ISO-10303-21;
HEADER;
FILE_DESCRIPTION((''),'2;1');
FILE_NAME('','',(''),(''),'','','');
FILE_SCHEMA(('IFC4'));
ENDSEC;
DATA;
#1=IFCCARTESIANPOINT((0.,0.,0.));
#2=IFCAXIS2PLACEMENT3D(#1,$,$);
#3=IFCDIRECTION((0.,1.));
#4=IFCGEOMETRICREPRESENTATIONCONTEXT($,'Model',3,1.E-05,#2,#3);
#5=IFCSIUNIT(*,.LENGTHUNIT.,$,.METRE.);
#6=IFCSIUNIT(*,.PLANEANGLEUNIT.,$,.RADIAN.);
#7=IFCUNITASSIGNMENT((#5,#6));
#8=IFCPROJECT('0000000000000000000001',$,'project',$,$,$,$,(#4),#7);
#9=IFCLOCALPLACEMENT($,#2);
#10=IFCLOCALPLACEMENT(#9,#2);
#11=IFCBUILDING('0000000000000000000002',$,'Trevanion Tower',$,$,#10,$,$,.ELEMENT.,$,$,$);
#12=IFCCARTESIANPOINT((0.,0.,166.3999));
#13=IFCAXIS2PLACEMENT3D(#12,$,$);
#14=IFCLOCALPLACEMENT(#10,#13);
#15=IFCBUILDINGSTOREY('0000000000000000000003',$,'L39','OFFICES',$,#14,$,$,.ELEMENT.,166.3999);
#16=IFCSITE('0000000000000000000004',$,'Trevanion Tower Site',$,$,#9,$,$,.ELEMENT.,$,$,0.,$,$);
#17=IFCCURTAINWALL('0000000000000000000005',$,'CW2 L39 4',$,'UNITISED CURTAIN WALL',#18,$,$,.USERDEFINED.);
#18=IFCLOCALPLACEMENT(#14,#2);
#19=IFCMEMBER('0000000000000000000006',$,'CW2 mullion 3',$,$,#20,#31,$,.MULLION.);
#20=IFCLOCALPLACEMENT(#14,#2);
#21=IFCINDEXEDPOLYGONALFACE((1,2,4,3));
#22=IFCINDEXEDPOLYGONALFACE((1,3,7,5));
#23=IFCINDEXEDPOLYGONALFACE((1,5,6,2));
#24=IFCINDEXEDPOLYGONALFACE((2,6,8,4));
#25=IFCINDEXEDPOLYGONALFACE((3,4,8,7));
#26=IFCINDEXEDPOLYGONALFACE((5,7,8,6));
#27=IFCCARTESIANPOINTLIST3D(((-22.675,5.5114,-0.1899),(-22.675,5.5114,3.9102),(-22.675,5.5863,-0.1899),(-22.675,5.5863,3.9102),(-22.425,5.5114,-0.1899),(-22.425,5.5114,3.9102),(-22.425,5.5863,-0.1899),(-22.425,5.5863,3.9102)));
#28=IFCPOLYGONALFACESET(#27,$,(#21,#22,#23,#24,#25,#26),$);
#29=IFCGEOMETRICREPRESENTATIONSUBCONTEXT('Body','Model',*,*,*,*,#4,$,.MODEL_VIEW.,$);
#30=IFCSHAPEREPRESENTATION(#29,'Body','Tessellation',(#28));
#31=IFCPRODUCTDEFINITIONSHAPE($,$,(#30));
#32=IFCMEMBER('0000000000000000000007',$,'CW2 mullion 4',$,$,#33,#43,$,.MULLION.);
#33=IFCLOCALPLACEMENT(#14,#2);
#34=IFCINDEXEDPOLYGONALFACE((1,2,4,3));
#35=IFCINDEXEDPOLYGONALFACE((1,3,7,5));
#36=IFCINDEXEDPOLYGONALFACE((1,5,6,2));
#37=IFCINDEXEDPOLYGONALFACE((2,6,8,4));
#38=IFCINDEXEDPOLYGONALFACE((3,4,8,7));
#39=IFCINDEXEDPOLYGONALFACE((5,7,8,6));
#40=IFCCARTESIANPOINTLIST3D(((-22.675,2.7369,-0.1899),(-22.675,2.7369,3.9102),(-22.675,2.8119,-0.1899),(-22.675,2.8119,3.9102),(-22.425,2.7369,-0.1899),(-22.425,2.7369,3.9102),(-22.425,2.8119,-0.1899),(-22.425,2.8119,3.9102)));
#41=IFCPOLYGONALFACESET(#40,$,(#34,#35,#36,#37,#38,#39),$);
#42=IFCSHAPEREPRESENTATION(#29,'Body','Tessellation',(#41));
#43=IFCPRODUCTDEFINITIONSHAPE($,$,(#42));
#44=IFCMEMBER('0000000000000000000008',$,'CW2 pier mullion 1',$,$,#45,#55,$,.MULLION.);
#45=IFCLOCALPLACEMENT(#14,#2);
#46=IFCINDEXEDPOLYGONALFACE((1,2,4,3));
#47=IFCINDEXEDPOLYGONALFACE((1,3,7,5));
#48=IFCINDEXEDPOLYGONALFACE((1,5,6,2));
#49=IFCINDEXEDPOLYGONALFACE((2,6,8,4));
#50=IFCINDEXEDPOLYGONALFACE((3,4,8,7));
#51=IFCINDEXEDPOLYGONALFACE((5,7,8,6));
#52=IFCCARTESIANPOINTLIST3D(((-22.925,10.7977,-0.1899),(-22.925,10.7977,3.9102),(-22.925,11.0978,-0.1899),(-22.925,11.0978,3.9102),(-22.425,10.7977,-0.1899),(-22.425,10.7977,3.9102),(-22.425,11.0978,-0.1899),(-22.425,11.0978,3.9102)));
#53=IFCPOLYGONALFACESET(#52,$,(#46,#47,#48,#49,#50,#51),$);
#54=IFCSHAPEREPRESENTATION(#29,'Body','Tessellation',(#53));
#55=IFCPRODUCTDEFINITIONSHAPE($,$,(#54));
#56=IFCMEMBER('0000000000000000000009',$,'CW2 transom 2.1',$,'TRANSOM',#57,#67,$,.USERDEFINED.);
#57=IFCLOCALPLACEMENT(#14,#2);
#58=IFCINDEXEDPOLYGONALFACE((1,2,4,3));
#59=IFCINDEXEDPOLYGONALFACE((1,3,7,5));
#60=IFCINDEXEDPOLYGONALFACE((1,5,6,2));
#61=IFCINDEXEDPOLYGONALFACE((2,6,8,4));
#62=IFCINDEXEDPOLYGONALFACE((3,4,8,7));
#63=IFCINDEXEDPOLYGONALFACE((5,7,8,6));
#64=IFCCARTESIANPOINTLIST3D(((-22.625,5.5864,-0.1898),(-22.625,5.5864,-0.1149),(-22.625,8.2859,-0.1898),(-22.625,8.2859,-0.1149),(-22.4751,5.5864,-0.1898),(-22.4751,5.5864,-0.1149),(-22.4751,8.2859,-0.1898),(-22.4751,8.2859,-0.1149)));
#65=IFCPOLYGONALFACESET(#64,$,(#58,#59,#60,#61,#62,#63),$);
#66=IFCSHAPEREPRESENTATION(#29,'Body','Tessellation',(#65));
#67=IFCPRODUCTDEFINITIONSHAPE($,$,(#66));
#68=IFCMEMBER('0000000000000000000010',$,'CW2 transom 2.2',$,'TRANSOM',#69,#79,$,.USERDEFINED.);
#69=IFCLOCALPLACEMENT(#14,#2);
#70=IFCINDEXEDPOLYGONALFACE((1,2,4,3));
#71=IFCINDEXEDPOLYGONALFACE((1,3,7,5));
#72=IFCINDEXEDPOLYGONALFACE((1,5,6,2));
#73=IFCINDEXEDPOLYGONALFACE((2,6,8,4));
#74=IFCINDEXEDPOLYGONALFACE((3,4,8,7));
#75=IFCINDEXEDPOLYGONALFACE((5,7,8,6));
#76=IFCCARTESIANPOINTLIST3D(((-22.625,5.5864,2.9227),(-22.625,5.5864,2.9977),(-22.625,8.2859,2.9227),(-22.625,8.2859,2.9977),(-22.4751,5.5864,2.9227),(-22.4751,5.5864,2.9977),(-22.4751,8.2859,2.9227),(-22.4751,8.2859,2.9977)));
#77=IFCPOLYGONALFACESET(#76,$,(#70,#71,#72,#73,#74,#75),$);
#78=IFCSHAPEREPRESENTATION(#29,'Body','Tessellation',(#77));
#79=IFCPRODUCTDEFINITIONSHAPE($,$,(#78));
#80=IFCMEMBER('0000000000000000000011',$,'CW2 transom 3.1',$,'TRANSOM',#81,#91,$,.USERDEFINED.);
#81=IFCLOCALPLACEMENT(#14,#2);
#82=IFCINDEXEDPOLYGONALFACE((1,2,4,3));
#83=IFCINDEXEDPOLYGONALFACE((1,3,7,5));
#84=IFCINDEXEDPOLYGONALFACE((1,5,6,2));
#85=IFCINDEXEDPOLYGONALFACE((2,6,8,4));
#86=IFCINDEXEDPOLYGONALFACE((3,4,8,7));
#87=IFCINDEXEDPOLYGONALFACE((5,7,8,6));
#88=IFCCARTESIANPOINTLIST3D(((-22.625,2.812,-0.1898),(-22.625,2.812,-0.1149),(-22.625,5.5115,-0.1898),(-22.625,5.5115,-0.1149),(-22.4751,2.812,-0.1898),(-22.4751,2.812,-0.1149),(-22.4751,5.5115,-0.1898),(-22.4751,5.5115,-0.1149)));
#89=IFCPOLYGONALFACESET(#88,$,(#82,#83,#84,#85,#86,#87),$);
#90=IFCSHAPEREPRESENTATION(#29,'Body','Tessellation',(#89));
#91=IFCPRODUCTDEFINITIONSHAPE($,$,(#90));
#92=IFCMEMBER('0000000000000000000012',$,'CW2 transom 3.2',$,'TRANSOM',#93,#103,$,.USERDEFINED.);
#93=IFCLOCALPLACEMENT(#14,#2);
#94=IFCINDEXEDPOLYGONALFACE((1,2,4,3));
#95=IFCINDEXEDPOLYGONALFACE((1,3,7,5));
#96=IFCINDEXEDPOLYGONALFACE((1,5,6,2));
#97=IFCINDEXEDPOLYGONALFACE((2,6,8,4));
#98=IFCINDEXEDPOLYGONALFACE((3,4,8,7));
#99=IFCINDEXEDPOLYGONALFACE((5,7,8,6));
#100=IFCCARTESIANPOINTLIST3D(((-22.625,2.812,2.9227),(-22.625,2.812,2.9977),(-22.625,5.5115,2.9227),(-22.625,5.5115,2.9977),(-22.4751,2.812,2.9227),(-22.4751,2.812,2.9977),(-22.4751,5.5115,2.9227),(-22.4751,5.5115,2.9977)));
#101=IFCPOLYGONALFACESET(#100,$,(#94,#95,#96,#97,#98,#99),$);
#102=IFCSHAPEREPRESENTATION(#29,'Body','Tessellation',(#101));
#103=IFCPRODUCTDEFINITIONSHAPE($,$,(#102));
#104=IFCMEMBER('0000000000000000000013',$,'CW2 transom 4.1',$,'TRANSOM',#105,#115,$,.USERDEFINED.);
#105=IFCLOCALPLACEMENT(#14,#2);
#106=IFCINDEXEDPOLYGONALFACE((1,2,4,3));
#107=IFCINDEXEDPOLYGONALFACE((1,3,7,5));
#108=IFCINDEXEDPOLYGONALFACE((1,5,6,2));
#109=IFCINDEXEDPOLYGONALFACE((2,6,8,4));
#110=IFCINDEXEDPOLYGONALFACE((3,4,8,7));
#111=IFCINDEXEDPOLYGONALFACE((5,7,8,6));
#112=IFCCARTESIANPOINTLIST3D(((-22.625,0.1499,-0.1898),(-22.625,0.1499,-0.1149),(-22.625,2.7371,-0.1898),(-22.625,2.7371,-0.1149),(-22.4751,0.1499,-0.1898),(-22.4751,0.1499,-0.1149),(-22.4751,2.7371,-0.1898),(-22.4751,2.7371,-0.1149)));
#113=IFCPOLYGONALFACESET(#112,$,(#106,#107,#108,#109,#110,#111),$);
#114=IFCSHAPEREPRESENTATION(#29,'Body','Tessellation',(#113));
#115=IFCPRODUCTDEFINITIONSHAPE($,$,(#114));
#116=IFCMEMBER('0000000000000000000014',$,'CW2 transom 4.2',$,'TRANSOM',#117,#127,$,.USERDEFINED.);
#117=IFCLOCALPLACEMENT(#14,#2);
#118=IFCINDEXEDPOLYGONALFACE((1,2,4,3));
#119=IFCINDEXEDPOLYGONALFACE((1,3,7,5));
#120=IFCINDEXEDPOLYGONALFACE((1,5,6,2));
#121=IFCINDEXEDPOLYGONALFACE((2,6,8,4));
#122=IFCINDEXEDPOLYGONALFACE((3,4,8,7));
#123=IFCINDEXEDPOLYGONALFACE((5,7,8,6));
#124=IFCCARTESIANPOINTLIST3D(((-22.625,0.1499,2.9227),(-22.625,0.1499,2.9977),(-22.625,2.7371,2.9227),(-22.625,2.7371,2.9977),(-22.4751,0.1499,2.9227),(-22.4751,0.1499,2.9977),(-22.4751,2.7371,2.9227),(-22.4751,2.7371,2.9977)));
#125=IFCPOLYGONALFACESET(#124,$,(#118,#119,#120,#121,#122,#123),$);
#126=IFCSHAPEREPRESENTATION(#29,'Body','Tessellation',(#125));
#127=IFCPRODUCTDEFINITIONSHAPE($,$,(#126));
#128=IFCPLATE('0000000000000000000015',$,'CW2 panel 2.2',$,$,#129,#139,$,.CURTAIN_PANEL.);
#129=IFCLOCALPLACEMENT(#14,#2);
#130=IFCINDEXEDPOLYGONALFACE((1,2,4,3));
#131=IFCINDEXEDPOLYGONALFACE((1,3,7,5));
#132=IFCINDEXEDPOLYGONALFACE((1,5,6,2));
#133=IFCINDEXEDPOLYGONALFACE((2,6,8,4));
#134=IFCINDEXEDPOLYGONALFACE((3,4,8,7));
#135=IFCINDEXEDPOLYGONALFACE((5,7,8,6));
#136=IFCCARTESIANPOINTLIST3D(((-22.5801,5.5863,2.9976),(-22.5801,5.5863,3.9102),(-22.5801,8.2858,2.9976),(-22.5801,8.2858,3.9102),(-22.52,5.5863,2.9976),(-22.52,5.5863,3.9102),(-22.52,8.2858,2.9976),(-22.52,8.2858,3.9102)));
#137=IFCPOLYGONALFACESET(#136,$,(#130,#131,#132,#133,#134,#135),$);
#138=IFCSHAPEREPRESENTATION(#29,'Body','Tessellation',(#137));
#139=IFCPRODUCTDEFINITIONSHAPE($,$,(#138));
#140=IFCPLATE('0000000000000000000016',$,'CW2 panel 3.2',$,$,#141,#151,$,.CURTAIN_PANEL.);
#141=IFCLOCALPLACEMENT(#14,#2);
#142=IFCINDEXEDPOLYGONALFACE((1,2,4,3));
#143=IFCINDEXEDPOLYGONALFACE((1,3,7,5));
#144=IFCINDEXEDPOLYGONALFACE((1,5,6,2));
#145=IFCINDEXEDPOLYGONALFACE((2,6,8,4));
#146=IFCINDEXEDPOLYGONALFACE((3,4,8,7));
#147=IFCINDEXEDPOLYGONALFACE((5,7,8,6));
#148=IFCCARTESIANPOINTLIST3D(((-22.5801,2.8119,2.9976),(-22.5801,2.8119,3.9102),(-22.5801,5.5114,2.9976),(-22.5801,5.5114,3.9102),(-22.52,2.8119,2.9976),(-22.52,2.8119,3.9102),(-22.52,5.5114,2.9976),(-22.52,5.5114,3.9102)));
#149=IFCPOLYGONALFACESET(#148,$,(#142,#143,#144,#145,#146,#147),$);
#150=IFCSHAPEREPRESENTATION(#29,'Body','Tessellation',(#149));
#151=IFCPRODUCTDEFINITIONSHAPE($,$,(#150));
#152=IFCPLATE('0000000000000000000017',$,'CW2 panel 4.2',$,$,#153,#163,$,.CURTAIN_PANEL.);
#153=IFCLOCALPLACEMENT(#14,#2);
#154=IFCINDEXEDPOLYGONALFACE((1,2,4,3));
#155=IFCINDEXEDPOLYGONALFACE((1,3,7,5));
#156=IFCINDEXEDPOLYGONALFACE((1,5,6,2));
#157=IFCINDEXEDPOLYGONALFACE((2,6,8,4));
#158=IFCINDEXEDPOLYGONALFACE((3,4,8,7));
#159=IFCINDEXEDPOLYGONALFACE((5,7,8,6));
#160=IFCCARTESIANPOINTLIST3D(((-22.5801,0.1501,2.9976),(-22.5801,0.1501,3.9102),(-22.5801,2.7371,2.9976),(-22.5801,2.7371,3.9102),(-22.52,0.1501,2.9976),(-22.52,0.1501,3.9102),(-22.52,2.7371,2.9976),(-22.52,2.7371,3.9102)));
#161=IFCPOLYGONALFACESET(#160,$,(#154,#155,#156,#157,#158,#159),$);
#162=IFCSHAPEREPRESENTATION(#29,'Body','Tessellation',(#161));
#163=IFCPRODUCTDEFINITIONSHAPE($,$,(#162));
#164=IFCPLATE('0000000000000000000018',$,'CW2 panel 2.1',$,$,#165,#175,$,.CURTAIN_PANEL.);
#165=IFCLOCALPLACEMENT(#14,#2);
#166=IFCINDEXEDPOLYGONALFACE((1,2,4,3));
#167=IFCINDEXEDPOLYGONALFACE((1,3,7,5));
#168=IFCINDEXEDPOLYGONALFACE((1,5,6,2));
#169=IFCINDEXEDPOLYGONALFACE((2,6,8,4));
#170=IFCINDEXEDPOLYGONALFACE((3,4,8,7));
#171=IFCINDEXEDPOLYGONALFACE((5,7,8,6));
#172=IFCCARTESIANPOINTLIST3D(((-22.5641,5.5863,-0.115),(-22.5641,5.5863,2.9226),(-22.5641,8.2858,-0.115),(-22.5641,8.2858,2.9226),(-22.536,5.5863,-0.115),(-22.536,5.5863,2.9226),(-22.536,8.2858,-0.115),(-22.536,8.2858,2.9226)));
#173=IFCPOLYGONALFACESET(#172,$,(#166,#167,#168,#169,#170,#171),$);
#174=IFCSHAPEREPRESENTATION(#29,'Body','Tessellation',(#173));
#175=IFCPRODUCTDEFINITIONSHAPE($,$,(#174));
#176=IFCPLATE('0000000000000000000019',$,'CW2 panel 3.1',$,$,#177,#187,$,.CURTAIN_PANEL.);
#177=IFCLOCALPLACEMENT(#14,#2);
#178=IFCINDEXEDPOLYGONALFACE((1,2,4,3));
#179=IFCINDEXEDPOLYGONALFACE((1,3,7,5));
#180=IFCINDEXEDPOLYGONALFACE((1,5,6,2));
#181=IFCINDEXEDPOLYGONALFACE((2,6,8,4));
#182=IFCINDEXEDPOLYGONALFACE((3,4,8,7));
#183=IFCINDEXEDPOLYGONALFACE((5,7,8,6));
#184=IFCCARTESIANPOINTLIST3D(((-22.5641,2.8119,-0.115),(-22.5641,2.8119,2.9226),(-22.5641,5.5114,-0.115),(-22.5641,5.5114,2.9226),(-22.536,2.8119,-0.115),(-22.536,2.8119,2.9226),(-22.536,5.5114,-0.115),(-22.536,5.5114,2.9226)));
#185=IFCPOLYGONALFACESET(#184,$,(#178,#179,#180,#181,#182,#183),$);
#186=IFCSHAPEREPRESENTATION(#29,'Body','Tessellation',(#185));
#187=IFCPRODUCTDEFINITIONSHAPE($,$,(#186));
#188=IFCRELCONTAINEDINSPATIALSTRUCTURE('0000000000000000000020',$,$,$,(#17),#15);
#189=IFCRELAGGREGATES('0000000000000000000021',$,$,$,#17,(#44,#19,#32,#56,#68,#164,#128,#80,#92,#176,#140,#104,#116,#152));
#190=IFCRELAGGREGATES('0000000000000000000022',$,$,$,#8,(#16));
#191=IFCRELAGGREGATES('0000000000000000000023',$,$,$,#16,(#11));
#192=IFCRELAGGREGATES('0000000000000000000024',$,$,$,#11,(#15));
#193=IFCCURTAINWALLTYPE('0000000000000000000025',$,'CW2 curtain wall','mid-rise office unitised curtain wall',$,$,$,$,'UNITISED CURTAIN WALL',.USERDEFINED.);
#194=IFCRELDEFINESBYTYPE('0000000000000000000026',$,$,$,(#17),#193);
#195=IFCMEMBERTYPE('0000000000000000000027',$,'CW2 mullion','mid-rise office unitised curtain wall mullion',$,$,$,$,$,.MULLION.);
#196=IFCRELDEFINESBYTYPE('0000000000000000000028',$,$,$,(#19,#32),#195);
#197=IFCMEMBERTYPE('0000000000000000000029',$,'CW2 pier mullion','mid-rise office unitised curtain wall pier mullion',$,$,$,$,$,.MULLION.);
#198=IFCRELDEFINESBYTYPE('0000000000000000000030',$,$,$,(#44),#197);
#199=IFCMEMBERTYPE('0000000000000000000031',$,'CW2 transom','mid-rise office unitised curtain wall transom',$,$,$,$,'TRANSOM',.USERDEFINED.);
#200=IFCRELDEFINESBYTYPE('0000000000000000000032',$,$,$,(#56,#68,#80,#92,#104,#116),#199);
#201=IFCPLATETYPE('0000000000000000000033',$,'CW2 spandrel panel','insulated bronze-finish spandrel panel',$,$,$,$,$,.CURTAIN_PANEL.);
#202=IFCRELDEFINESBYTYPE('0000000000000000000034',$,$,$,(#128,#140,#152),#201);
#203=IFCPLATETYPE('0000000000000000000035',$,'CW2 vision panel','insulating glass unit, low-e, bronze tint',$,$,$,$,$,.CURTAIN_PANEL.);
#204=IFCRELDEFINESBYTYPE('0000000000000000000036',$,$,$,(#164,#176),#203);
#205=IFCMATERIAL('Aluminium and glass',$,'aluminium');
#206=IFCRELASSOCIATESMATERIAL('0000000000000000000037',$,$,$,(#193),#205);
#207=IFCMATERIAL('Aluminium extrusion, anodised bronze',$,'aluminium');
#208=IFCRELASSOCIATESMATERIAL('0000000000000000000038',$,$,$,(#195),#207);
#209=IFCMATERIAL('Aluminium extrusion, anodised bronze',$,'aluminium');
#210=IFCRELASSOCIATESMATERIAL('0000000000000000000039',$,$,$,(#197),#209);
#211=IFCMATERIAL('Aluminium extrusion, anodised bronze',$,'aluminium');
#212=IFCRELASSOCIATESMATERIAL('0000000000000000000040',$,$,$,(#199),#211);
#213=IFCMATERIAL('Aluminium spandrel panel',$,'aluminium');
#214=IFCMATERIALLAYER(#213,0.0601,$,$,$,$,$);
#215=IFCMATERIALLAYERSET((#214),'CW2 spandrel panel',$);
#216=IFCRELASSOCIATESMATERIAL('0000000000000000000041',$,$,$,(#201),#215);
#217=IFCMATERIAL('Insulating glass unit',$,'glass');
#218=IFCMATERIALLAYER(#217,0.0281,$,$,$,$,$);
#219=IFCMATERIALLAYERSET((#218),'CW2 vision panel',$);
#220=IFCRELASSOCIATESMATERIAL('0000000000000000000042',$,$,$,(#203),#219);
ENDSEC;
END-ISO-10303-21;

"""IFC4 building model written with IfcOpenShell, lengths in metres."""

from ifc_helpers import new_model, si_unit, direction, frame, origin, origin_2d, place, context, subcontext, project, spatial, rectangle, extrude, material, layer, layer_set, material_profile, profile_set, type_object, element, aggregate, save


model = new_model("IFC4")

# Units and contexts
model_context = context("Model", 3, precision=1e-05, world=origin(), true_north=direction((0.0, 1.0)))
body_context = subcontext(model_context, "Body", "Model", "MODEL_VIEW")
ifc_project = project(units=[si_unit("LENGTHUNIT", "METRE"), si_unit("PLANEANGLEUNIT", "RADIAN")], contexts=[model_context])

# Site, building, storey
site_placement = place(None, origin())
site = spatial("IfcSite", under=ifc_project, at=site_placement, Name="Trevanion Tower Site", CompositionType="ELEMENT", RefElevation=0.0)
building_placement = place(site_placement, origin())
building = spatial("IfcBuilding", under=site, at=building_placement, Name="Trevanion Tower", CompositionType="ELEMENT")
storey_placement = place(building_placement, frame((0.0, 0.0, 166.3999)))
storey = spatial("IfcBuildingStorey", under=building, at=storey_placement, Name="L39", Description="OFFICES", CompositionType="ELEMENT", Elevation=166.3999)

# Curtain wall, members, plates
ifc_material_1 = material(Name="Aluminium and glass", Category="aluminium")
curtain_wall_type = type_object("IfcCurtainWallType", Name="CW2 curtain wall", Description="mid-rise office unitised curtain wall", ElementType="UNITISED CURTAIN WALL", PredefinedType="USERDEFINED", material=ifc_material_1)
curtain_wall_placement = place(storey_placement, origin())
curtain_wall = element("IfcCurtainWall", 1, at=curtain_wall_placement, inside=storey, type_object=curtain_wall_type, Name="CW2 L39 4", ObjectType="UNITISED CURTAIN WALL", PredefinedType="USERDEFINED")
ifc_material_2 = material(Name="Aluminium extrusion, anodised bronze", Category="aluminium")
ifc_material_profile_1 = material_profile(ifc_material_2, rectangle(XDim=0.075, YDim=0.25, at=origin_2d()), Name="CW2 mullion")
ifc_profile_set_1 = profile_set([ifc_material_profile_1], Name="Aluminium extrusion, anodised bronze")
member_type_1 = type_object("IfcMemberType", Name="CW2 mullion", Description="mid-rise office unitised curtain wall mullion", PredefinedType="MULLION", material=ifc_profile_set_1)
member_1_placement = place(storey_placement, frame((-22.55, 5.5488, -0.1899), z_axis=(0.0, 0.0, 1.0), x_axis=(0.0, -1.0, 0.0)))
member_1 = element("IfcMember", 2, at=member_1_placement, type_object=member_type_1, Name="CW2 mullion 3", PredefinedType="MULLION", context=body_context, shape_type="SweptSolid", body=[
    extrude(rectangle(XDim=0.075, YDim=0.25, at=origin_2d()), origin(), (0.0, 0.0, 1.0), 4.1001),
])
member_2_placement = place(storey_placement, frame((-22.55, 2.7744, -0.1899), z_axis=(0.0, 0.0, 1.0), x_axis=(0.0, -1.0, 0.0)))
member_2 = element("IfcMember", 3, at=member_2_placement, type_object=member_type_1, Name="CW2 mullion 4", PredefinedType="MULLION", context=body_context, shape_type="SweptSolid", body=[
    extrude(rectangle(XDim=0.075, YDim=0.25, at=origin_2d()), origin(), (0.0, 0.0, 1.0), 4.1001),
])
ifc_material_3 = material(Name="Aluminium extrusion, anodised bronze", Category="aluminium")
ifc_material_profile_2 = material_profile(ifc_material_3, rectangle(XDim=0.3, YDim=0.5, at=origin_2d()), Name="CW2 pier mullion")
ifc_profile_set_2 = profile_set([ifc_material_profile_2], Name="Aluminium extrusion, anodised bronze")
member_type_2 = type_object("IfcMemberType", Name="CW2 pier mullion", Description="mid-rise office unitised curtain wall pier mullion", PredefinedType="MULLION", material=ifc_profile_set_2)
member_3_placement = place(storey_placement, frame((-22.675, 10.9478, -0.1899), z_axis=(0.0, 0.0, 1.0), x_axis=(0.0, -1.0, 0.0)))
member_3 = element("IfcMember", 4, at=member_3_placement, type_object=member_type_2, Name="CW2 pier mullion 1", PredefinedType="MULLION", context=body_context, shape_type="SweptSolid", body=[
    extrude(rectangle(XDim=0.3, YDim=0.5, at=origin_2d()), origin(), (0.0, 0.0, 1.0), 4.1001),
])
ifc_material_4 = material(Name="Aluminium extrusion, anodised bronze", Category="aluminium")
ifc_material_profile_3 = material_profile(ifc_material_4, rectangle(XDim=0.1499, YDim=0.075, at=origin_2d()), Name="CW2 transom")
ifc_profile_set_3 = profile_set([ifc_material_profile_3], Name="Aluminium extrusion, anodised bronze")
member_type_3 = type_object("IfcMemberType", Name="CW2 transom", Description="mid-rise office unitised curtain wall transom", ElementType="TRANSOM", PredefinedType="USERDEFINED", material=ifc_profile_set_3)
member_4_placement = place(storey_placement, frame((-22.55, 8.2859, -0.1523), z_axis=(0.0, -1.0, 0.0), x_axis=(1.0, 0.0, 0.0)))
member_4 = element("IfcMember", 5, at=member_4_placement, type_object=member_type_3, Name="CW2 transom 2.1", ObjectType="TRANSOM", PredefinedType="USERDEFINED", context=body_context, shape_type="SweptSolid", body=[
    extrude(rectangle(XDim=0.1499, YDim=0.075, at=origin_2d()), origin(), (0.0, 0.0, 1.0), 2.6995),
])
member_5_placement = place(storey_placement, frame((-22.55, 8.2859, 2.9602), z_axis=(0.0, -1.0, 0.0), x_axis=(1.0, 0.0, 0.0)))
member_5 = element("IfcMember", 6, at=member_5_placement, type_object=member_type_3, Name="CW2 transom 2.2", ObjectType="TRANSOM", PredefinedType="USERDEFINED", context=body_context, shape_type="SweptSolid", body=[
    extrude(rectangle(XDim=0.1499, YDim=0.075, at=origin_2d()), origin(), (0.0, 0.0, 1.0), 2.6995),
])
member_6_placement = place(storey_placement, frame((-22.55, 5.5115, -0.1523), z_axis=(0.0, -1.0, 0.0), x_axis=(1.0, 0.0, 0.0)))
member_6 = element("IfcMember", 7, at=member_6_placement, type_object=member_type_3, Name="CW2 transom 3.1", ObjectType="TRANSOM", PredefinedType="USERDEFINED", context=body_context, shape_type="SweptSolid", body=[
    extrude(rectangle(XDim=0.1499, YDim=0.075, at=origin_2d()), origin(), (0.0, 0.0, 1.0), 2.6995),
])
member_7_placement = place(storey_placement, frame((-22.55, 5.5115, 2.9602), z_axis=(0.0, -1.0, 0.0), x_axis=(1.0, 0.0, 0.0)))
member_7 = element("IfcMember", 8, at=member_7_placement, type_object=member_type_3, Name="CW2 transom 3.2", ObjectType="TRANSOM", PredefinedType="USERDEFINED", context=body_context, shape_type="SweptSolid", body=[
    extrude(rectangle(XDim=0.1499, YDim=0.075, at=origin_2d()), origin(), (0.0, 0.0, 1.0), 2.6995),
])
member_8_placement = place(storey_placement, frame((-22.55, 2.7371, -0.1523), z_axis=(0.0, -1.0, 0.0), x_axis=(1.0, 0.0, 0.0)))
member_8 = element("IfcMember", 9, at=member_8_placement, type_object=member_type_3, Name="CW2 transom 4.1", ObjectType="TRANSOM", PredefinedType="USERDEFINED", context=body_context, shape_type="SweptSolid", body=[
    extrude(rectangle(XDim=0.1499, YDim=0.075, at=origin_2d()), origin(), (0.0, 0.0, 1.0), 2.5872),
])
member_9_placement = place(storey_placement, frame((-22.55, 2.7371, 2.9602), z_axis=(0.0, -1.0, 0.0), x_axis=(1.0, 0.0, 0.0)))
member_9 = element("IfcMember", 10, at=member_9_placement, type_object=member_type_3, Name="CW2 transom 4.2", ObjectType="TRANSOM", PredefinedType="USERDEFINED", context=body_context, shape_type="SweptSolid", body=[
    extrude(rectangle(XDim=0.1499, YDim=0.075, at=origin_2d()), origin(), (0.0, 0.0, 1.0), 2.5872),
])
ifc_material_5 = material(Name="Aluminium spandrel panel", Category="aluminium")
ifc_layer_1 = layer(ifc_material_5, 0.0601)
ifc_layer_set_1 = layer_set([ifc_layer_1], Name="CW2 spandrel panel")
plate_type_1 = type_object("IfcPlateType", Name="CW2 spandrel panel", Description="insulated bronze-finish spandrel panel", PredefinedType="CURTAIN_PANEL", material=ifc_layer_set_1)
plate_1_placement = place(storey_placement, frame((-22.55, 6.936, 2.9976), z_axis=(0.0, 0.0, 1.0), x_axis=(0.0, -1.0, 0.0)))
plate_1 = element("IfcPlate", 11, at=plate_1_placement, type_object=plate_type_1, Name="CW2 panel 2.2", PredefinedType="CURTAIN_PANEL", context=body_context, shape_type="SweptSolid", body=[
    extrude(rectangle(XDim=2.6995, YDim=0.0601, at=origin_2d()), origin(), (0.0, 0.0, 1.0), 0.9126),
])
plate_2_placement = place(storey_placement, frame((-22.55, 4.1616, 2.9976), z_axis=(0.0, 0.0, 1.0), x_axis=(0.0, -1.0, 0.0)))
plate_2 = element("IfcPlate", 12, at=plate_2_placement, type_object=plate_type_1, Name="CW2 panel 3.2", PredefinedType="CURTAIN_PANEL", context=body_context, shape_type="SweptSolid", body=[
    extrude(rectangle(XDim=2.6995, YDim=0.0601, at=origin_2d()), origin(), (0.0, 0.0, 1.0), 0.9126),
])
plate_3_placement = place(storey_placement, frame((-22.55, 1.4436, 2.9976), z_axis=(0.0, 0.0, 1.0), x_axis=(0.0, -1.0, 0.0)))
plate_3 = element("IfcPlate", 13, at=plate_3_placement, type_object=plate_type_1, Name="CW2 panel 4.2", PredefinedType="CURTAIN_PANEL", context=body_context, shape_type="SweptSolid", body=[
    extrude(rectangle(XDim=2.5869, YDim=0.0601, at=origin_2d()), origin(), (0.0, 0.0, 1.0), 0.9126),
])
ifc_material_6 = material(Name="Insulating glass unit", Category="glass")
ifc_layer_2 = layer(ifc_material_6, 0.0281)
ifc_layer_set_2 = layer_set([ifc_layer_2], Name="CW2 vision panel")
plate_type_2 = type_object("IfcPlateType", Name="CW2 vision panel", Description="insulating glass unit, low-e, bronze tint", PredefinedType="CURTAIN_PANEL", material=ifc_layer_set_2)
plate_4_placement = place(storey_placement, frame((-22.55, 6.936, -0.115), z_axis=(0.0, 0.0, 1.0), x_axis=(0.0, -1.0, 0.0)))
plate_4 = element("IfcPlate", 14, at=plate_4_placement, type_object=plate_type_2, Name="CW2 panel 2.1", PredefinedType="CURTAIN_PANEL", context=body_context, shape_type="SweptSolid", body=[
    extrude(rectangle(XDim=2.6995, YDim=0.0281, at=origin_2d()), origin(), (0.0, 0.0, 1.0), 3.0376),
])
plate_5_placement = place(storey_placement, frame((-22.55, 4.1616, -0.115), z_axis=(0.0, 0.0, 1.0), x_axis=(0.0, -1.0, 0.0)))
plate_5 = element("IfcPlate", 15, at=plate_5_placement, type_object=plate_type_2, Name="CW2 panel 3.1", PredefinedType="CURTAIN_PANEL", context=body_context, shape_type="SweptSolid", body=[
    extrude(rectangle(XDim=2.6995, YDim=0.0281, at=origin_2d()), origin(), (0.0, 0.0, 1.0), 3.0376),
])
aggregate(curtain_wall, [member_3, member_1, member_2, member_4, member_5, plate_4, plate_1, member_6, member_7, plate_5, plate_2, member_8, member_9, plate_3])

save(model, "model.ifc")
